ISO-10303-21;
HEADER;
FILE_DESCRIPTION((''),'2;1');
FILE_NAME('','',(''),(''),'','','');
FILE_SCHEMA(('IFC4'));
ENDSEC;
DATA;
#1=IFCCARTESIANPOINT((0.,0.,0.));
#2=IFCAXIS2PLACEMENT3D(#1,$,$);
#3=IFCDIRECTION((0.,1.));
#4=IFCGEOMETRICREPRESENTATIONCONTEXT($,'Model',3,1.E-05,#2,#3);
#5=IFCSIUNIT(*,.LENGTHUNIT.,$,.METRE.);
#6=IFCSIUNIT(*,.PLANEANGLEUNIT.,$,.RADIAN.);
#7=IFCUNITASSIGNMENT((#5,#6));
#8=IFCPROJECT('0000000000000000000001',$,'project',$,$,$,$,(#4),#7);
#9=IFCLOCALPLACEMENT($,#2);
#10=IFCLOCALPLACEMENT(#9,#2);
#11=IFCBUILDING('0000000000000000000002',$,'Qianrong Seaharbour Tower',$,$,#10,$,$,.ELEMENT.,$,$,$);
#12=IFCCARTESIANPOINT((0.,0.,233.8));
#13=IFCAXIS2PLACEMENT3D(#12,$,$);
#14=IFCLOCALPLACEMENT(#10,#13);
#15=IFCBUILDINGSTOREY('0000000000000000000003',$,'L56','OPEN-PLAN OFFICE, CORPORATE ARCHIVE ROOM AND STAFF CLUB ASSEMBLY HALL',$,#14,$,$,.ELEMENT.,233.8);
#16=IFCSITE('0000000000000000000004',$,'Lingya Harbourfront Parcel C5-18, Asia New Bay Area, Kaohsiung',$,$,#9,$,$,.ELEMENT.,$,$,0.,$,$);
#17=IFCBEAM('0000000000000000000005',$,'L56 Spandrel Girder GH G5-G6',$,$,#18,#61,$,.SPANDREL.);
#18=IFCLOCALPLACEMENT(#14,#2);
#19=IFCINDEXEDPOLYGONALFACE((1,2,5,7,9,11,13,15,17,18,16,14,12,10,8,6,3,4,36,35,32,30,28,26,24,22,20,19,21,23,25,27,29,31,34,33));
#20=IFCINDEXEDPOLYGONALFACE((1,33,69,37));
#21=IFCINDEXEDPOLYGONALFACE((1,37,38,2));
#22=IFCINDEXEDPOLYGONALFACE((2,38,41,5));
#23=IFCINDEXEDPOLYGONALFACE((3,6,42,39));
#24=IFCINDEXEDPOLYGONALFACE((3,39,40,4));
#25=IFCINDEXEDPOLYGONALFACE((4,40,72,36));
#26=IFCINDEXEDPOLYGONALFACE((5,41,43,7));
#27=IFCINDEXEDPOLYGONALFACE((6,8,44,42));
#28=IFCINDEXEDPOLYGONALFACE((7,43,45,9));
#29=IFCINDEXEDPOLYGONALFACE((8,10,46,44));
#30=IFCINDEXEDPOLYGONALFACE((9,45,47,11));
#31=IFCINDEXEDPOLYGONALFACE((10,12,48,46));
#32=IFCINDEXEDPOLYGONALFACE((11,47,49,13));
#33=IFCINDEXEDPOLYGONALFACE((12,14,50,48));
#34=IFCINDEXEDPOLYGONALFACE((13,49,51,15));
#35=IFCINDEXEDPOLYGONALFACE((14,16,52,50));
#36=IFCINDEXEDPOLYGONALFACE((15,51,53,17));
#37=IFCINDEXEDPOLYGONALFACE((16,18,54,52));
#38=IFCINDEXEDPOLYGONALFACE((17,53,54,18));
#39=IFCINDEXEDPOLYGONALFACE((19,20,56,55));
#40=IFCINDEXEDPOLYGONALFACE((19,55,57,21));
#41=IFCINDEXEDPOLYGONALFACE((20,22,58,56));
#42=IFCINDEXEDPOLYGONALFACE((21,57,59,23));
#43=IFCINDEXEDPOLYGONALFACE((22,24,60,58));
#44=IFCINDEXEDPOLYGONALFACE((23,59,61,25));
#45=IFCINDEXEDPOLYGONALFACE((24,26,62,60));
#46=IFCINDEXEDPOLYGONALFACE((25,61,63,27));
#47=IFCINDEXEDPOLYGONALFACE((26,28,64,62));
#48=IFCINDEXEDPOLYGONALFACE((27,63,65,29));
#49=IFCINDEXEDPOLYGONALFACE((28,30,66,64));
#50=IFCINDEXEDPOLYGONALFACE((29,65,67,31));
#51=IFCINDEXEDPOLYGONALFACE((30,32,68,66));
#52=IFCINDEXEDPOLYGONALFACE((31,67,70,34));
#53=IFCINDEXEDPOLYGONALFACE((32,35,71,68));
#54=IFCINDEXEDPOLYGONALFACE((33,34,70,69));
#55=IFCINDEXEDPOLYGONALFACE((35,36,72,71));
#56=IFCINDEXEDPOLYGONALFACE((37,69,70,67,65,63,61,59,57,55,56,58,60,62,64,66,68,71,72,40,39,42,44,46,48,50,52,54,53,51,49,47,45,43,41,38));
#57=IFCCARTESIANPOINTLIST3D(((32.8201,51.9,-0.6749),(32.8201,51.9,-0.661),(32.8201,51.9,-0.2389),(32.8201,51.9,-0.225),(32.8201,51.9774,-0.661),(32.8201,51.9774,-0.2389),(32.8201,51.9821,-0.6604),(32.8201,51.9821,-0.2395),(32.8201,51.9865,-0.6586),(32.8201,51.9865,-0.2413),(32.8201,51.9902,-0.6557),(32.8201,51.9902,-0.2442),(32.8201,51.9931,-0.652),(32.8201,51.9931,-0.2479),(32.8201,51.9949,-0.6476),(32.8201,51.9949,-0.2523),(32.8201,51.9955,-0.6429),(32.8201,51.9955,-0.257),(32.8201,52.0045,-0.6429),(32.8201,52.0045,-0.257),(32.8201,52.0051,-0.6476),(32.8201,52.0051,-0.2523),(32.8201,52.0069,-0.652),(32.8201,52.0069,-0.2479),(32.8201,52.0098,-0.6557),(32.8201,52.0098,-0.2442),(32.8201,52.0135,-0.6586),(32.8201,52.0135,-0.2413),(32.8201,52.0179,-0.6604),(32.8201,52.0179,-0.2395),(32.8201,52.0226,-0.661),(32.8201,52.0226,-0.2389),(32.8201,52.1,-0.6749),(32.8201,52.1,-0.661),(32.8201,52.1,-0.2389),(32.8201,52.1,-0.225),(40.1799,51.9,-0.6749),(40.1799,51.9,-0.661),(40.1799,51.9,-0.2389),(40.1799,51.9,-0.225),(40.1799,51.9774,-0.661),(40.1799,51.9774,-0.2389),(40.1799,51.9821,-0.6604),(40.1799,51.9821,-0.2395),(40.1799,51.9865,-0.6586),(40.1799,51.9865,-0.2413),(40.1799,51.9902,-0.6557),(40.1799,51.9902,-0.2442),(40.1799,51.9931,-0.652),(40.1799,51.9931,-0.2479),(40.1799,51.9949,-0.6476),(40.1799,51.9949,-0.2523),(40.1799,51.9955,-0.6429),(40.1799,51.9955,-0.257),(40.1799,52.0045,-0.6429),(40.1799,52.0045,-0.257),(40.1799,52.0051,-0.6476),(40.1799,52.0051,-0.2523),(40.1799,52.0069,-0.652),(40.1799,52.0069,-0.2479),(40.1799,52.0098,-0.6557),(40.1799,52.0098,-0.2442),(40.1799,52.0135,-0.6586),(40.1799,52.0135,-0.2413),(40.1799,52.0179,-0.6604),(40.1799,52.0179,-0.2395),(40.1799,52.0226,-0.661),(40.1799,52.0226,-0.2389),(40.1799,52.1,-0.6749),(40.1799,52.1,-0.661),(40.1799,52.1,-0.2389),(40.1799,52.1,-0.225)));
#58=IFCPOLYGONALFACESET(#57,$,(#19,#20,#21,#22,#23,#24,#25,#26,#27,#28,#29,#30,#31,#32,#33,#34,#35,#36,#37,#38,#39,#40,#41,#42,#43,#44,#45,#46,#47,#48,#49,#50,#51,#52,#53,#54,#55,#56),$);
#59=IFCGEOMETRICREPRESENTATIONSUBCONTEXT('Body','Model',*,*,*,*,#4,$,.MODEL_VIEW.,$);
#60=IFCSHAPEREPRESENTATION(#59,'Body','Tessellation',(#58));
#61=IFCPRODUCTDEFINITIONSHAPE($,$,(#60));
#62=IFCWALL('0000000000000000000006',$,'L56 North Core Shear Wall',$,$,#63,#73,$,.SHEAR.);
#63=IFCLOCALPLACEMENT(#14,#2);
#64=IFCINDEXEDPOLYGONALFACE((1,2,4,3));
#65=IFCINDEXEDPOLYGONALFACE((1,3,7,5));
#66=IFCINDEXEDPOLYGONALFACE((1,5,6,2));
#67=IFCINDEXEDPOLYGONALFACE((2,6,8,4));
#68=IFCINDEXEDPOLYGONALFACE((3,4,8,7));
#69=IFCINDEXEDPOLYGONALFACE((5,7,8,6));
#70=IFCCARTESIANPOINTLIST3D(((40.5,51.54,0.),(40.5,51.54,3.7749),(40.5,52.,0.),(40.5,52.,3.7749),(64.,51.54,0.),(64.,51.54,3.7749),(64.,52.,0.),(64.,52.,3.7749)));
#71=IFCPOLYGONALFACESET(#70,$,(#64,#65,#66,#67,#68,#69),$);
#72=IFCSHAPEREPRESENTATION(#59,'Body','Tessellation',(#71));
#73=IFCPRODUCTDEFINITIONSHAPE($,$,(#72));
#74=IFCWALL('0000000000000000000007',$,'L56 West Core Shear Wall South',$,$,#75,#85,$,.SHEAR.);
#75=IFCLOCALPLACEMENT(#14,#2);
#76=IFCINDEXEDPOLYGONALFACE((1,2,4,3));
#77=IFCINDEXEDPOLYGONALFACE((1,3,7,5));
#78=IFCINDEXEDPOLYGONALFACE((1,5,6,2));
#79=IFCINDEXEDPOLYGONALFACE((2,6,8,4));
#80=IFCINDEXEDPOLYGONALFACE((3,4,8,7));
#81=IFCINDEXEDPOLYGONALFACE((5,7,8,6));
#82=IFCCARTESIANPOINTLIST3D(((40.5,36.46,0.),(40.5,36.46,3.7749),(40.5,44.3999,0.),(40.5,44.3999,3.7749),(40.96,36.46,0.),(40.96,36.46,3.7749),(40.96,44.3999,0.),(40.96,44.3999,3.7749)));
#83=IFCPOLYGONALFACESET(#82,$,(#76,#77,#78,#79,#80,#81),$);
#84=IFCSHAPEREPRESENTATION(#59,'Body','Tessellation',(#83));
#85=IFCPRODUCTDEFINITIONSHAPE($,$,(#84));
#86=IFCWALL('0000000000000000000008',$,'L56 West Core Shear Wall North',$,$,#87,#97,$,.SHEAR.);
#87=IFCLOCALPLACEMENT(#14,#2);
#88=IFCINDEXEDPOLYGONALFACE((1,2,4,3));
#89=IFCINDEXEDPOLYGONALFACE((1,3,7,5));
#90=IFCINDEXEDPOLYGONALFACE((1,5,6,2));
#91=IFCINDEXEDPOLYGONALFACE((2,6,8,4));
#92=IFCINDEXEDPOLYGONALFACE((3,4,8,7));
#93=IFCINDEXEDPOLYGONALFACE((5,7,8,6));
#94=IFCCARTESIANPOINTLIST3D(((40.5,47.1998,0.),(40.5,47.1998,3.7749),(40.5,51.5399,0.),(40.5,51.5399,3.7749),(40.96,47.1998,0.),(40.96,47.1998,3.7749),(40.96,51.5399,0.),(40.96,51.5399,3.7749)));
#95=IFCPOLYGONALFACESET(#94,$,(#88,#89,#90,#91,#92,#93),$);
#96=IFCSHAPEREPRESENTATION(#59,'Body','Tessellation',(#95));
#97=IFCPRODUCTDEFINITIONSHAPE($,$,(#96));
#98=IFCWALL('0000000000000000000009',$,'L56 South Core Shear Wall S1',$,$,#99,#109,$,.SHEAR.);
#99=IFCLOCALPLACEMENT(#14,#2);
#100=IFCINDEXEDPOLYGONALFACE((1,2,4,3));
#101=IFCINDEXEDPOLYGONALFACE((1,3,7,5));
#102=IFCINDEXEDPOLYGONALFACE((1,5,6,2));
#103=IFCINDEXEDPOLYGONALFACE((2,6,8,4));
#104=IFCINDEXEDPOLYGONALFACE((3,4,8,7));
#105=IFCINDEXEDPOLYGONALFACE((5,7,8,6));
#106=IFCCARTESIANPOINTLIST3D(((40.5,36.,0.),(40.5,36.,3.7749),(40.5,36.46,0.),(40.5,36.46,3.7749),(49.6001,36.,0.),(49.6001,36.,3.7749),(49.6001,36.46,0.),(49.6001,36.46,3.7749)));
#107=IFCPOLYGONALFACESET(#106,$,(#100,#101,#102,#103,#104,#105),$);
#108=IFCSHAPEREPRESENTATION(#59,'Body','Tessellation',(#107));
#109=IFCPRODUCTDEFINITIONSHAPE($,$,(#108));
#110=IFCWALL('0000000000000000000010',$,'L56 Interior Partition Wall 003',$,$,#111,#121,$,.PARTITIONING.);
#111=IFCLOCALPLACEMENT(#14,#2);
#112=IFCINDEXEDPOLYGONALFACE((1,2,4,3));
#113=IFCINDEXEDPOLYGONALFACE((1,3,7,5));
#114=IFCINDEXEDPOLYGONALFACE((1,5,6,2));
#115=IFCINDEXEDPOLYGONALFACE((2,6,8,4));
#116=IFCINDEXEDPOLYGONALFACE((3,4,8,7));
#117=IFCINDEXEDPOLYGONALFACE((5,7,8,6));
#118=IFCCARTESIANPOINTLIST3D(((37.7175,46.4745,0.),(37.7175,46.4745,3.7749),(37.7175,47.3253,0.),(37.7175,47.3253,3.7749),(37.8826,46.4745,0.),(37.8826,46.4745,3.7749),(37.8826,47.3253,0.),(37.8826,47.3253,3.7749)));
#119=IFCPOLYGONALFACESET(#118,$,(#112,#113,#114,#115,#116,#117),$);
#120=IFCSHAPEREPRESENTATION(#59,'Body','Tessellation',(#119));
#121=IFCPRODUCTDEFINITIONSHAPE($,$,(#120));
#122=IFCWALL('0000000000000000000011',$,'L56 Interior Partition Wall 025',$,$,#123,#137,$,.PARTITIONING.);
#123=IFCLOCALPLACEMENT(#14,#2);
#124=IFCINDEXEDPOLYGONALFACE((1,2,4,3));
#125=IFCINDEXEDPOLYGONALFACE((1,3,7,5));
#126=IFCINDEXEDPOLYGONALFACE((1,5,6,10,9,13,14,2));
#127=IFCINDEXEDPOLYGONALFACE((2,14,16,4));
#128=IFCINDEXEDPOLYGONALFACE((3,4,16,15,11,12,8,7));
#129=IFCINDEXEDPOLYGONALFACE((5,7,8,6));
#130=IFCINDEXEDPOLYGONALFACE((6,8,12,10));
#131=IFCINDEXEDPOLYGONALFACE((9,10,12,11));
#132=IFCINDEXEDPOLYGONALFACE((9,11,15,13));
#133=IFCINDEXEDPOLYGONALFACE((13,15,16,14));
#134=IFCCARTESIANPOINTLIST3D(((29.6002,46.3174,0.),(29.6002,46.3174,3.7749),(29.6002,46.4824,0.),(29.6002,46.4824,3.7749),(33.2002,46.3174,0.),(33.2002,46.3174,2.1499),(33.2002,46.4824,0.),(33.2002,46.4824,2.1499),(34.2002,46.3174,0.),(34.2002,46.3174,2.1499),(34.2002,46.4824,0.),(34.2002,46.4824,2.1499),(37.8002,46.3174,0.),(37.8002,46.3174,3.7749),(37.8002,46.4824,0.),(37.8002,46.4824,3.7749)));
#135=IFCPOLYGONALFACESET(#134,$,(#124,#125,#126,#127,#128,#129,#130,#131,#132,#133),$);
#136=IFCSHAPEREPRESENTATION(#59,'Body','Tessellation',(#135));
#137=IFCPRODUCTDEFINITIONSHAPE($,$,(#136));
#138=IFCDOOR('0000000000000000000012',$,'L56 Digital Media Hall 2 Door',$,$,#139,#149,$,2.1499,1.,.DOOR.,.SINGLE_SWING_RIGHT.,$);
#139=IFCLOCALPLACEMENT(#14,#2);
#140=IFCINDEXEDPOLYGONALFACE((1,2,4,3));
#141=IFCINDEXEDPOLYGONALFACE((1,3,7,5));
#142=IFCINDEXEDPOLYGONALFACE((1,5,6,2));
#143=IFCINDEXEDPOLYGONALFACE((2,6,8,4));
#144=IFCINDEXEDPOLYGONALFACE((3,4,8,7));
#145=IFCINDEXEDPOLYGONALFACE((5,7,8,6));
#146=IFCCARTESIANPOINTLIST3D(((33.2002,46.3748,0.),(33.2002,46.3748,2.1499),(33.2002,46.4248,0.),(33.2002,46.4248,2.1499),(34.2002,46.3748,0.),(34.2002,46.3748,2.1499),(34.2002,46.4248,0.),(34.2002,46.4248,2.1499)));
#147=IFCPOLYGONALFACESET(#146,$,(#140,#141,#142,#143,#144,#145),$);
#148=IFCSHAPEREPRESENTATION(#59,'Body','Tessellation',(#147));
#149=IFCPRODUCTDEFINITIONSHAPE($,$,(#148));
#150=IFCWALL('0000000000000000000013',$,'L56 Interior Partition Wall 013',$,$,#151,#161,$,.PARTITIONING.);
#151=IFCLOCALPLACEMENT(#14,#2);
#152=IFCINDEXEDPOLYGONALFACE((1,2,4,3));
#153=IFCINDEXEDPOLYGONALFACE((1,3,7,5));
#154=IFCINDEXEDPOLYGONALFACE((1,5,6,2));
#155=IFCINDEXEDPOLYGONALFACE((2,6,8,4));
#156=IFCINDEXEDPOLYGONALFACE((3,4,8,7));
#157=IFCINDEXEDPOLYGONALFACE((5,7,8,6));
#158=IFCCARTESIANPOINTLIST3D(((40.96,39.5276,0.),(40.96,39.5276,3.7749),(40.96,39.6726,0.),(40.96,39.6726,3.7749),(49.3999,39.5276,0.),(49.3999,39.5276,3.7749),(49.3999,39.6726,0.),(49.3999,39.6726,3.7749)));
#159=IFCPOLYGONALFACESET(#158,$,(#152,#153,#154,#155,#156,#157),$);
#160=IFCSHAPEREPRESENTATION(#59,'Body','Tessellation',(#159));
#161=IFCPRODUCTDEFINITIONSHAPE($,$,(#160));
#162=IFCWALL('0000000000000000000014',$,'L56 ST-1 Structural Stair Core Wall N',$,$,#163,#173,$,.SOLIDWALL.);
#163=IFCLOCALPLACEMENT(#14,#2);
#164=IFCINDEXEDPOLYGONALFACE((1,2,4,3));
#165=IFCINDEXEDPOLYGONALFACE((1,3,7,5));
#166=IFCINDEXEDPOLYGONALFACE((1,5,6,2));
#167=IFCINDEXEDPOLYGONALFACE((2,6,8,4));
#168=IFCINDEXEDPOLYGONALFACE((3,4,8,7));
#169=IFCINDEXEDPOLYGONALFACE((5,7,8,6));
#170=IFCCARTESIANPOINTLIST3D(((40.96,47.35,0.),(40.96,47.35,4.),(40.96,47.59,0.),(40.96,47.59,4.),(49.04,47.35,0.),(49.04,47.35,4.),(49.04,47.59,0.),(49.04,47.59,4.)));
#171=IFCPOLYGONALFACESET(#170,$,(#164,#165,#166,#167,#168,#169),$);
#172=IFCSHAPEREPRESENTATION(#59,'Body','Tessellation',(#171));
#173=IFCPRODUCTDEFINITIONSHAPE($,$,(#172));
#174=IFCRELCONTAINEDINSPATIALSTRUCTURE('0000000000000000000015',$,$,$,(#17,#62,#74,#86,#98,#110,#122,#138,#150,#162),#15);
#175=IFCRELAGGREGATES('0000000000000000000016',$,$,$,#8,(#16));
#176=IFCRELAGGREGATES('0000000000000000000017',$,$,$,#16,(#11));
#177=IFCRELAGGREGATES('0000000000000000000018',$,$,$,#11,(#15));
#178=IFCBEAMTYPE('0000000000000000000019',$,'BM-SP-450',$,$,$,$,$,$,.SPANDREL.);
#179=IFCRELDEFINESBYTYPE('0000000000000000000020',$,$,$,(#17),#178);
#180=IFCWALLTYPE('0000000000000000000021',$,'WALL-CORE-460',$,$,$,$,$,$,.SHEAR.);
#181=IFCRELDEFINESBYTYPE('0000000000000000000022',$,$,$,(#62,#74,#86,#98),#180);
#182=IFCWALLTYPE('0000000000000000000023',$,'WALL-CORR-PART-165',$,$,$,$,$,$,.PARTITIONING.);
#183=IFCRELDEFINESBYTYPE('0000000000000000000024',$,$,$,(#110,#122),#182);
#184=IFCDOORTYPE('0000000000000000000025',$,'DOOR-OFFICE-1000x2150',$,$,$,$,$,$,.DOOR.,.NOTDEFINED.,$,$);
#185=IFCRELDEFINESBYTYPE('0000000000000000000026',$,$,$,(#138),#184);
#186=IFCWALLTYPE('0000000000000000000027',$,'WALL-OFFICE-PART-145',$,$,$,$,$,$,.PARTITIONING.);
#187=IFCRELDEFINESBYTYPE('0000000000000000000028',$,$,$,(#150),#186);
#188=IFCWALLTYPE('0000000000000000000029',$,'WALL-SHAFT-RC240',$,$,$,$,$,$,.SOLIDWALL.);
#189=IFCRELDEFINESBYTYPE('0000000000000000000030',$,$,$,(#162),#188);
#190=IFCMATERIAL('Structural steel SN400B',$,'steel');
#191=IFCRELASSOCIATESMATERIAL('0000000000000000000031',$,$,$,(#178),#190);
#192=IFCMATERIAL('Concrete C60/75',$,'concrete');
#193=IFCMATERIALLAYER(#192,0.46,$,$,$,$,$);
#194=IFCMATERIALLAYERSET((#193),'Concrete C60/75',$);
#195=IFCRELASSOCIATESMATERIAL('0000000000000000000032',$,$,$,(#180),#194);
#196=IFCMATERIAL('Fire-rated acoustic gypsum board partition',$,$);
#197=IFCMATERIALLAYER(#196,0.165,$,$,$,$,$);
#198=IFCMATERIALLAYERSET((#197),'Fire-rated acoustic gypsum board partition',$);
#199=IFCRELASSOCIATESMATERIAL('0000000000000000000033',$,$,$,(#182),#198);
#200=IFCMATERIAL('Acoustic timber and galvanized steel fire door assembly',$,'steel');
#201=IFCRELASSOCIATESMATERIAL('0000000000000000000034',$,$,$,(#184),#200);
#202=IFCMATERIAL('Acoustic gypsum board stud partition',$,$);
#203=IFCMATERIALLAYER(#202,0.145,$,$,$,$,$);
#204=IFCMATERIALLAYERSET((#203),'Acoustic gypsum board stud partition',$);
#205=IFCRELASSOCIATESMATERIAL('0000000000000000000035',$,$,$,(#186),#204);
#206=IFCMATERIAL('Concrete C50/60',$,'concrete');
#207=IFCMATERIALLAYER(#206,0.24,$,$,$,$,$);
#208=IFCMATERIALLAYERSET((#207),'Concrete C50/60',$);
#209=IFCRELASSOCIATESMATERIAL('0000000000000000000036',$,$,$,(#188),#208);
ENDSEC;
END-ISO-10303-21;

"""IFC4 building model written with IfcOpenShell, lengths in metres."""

from ifc_helpers import new_model, si_unit, direction, frame, frame_2d, origin, origin_2d, place, context, subcontext, project, spatial, rectangle, i_section, extrude, material, layer, layer_set, material_profile, profile_set, type_object, element, fill, save


model = new_model("IFC4")

# Units and contexts
model_context = context("Model", 3, precision=1e-05, world=origin(), true_north=direction((0.0, 1.0)))
body_context = subcontext(model_context, "Body", "Model", "MODEL_VIEW")
ifc_project = project(units=[si_unit("LENGTHUNIT", "METRE"), si_unit("PLANEANGLEUNIT", "RADIAN")], contexts=[model_context])

# Site, building, storey
site_placement = place(None, origin())
site = spatial("IfcSite", under=ifc_project, at=site_placement, Name="Lingya Harbourfront Parcel C5-18, Asia New Bay Area, Kaohsiung", CompositionType="ELEMENT", RefElevation=0.0)
building_placement = place(site_placement, origin())
building = spatial("IfcBuilding", under=site, at=building_placement, Name="Qianrong Seaharbour Tower", CompositionType="ELEMENT")
storey_placement = place(building_placement, frame((0.0, 0.0, 233.8)))
storey = spatial("IfcBuildingStorey", under=building, at=storey_placement, Name="L56", Description="OPEN-PLAN OFFICE, CORPORATE ARCHIVE ROOM AND STAFF CLUB ASSEMBLY HALL", CompositionType="ELEMENT", Elevation=233.8)

# Beam
ifc_material_1 = material(Name="Concrete C60/75", Category="concrete")
ifc_material_2 = material(Name="Structural steel SN400B", Category="steel")
ifc_material_profile_1 = material_profile(ifc_material_2, i_section(OverallWidth=0.2, OverallDepth=0.45, WebThickness=0.009, FlangeThickness=0.0139, FilletRadius=0.0181, at=origin_2d()), Name="H450x200x9x14")
ifc_profile_set_1 = profile_set([ifc_material_profile_1], Name="Structural steel SN400B")
beam_type_1 = type_object("IfcBeamType", Name="BM-SP-450", PredefinedType="SPANDREL", material=ifc_profile_set_1)
beam_1_placement = place(storey_placement, frame((32.8201, 52.0, -0.45), z_axis=(1.0, 0.0, 0.0), x_axis=(0.0, 1.0, 0.0)))
element("IfcBeam", 1, at=beam_1_placement, inside=storey, type_object=beam_type_1, Name="L56 Spandrel Girder GH G5-G6", PredefinedType="SPANDREL", context=body_context, shape_type="SweptSolid", body=[
    extrude(i_section(OverallWidth=0.2, OverallDepth=0.45, WebThickness=0.009, FlangeThickness=0.0139, FilletRadius=0.0181, at=origin_2d()), origin(), (0.0, 0.0, 1.0), 7.3599),
])

# Walls
ifc_layer_1 = layer(ifc_material_1, 0.46)
ifc_layer_set_1 = layer_set([ifc_layer_1], Name="Concrete C60/75")
wall_type_1 = type_object("IfcWallType", Name="WALL-CORE-460", PredefinedType="SHEAR", material=ifc_layer_set_1)
wall_1_placement = place(storey_placement, frame((40.5, 51.77, 0.0), z_axis=(0.0, 0.0, 1.0), x_axis=(1.0, 0.0, 0.0)))
element("IfcWall", 2, at=wall_1_placement, inside=storey, type_object=wall_type_1, Name="L56 North Core Shear Wall", PredefinedType="SHEAR", context=body_context, shape_type="SweptSolid", body=[
    extrude(rectangle(XDim=23.5, YDim=0.46, at=frame_2d((11.75, 0.0))), origin(), (0.0, 0.0, 1.0), 3.7749),
])
wall_2_placement = place(storey_placement, frame((40.73, 36.46, 0.0), z_axis=(0.0, 0.0, 1.0), x_axis=(0.0, 1.0, 0.0)))
element("IfcWall", 3, at=wall_2_placement, inside=storey, type_object=wall_type_1, Name="L56 West Core Shear Wall South", PredefinedType="SHEAR", context=body_context, shape_type="SweptSolid", body=[
    extrude(rectangle(XDim=7.9399, YDim=0.46, at=frame_2d((3.97, 0.0))), origin(), (0.0, 0.0, 1.0), 3.7749),
])
wall_3_placement = place(storey_placement, frame((40.73, 47.2, 0.0), z_axis=(0.0, 0.0, 1.0), x_axis=(0.0, 1.0, 0.0)))
element("IfcWall", 4, at=wall_3_placement, inside=storey, type_object=wall_type_1, Name="L56 West Core Shear Wall North", PredefinedType="SHEAR", context=body_context, shape_type="SweptSolid", body=[
    extrude(rectangle(XDim=4.3401, YDim=0.46, at=frame_2d((2.1699, 0.0))), origin(), (0.0, 0.0, 1.0), 3.7749),
])
wall_4_placement = place(storey_placement, frame((40.5, 36.23, 0.0), z_axis=(0.0, 0.0, 1.0), x_axis=(1.0, 0.0, 0.0)))
element("IfcWall", 5, at=wall_4_placement, inside=storey, type_object=wall_type_1, Name="L56 South Core Shear Wall S1", PredefinedType="SHEAR", context=body_context, shape_type="SweptSolid", body=[
    extrude(rectangle(XDim=9.1001, YDim=0.46, at=frame_2d((4.55, 0.0))), origin(), (0.0, 0.0, 1.0), 3.7749),
])

# Shared definitions
ifc_material_3 = material(Name="Fire-rated acoustic gypsum board partition")
ifc_layer_2 = layer(ifc_material_3, 0.165)
ifc_layer_set_2 = layer_set([ifc_layer_2], Name="Fire-rated acoustic gypsum board partition")
wall_type_2 = type_object("IfcWallType", Name="WALL-CORR-PART-165", PredefinedType="PARTITIONING", material=ifc_layer_set_2)
ifc_material_4 = material(Name="Acoustic timber and galvanized steel fire door assembly", Category="steel")

# Wall
wall_5_placement = place(storey_placement, frame((37.8, 46.4746, 0.0), z_axis=(0.0, 0.0, 1.0), x_axis=(0.0, 1.0, 0.0)))
element("IfcWall", 6, at=wall_5_placement, inside=storey, type_object=wall_type_2, Name="L56 Interior Partition Wall 003", PredefinedType="PARTITIONING", context=body_context, shape_type="SweptSolid", body=[
    extrude(rectangle(XDim=0.8508, YDim=0.165, at=frame_2d((0.4253, 0.0))), origin(), (0.0, 0.0, 1.0), 3.7749),
])

# Wall, opening, door
wall_6_placement = place(storey_placement, frame((29.6001, 46.3999, 0.0), z_axis=(0.0, 0.0, 1.0), x_axis=(1.0, 0.0, 0.0)))
wall_6 = element("IfcWall", 7, at=wall_6_placement, inside=storey, type_object=wall_type_2, Name="L56 Interior Partition Wall 025", PredefinedType="PARTITIONING", context=body_context, shape_type="SweptSolid", body=[
    extrude(rectangle(XDim=8.2, YDim=0.165, at=frame_2d((4.1001, 0.0))), origin(), (0.0, 0.0, 1.0), 3.7749),
])
opening_1_placement = place(wall_6_placement, frame((3.6001, 0.0, 0.0)))
opening_1 = element("IfcOpeningElement", 8, at=opening_1_placement, cuts=wall_6, PredefinedType="OPENING", context=body_context, shape_type="SweptSolid", body=[
    extrude(rectangle(XDim=1.0, YDim=2.1499, at=frame_2d((0.5, 1.075))), frame((0.0, 0.0925, 0.0), z_axis=(0.0, -1.0, 0.0), x_axis=(1.0, 0.0, 0.0)), (0.0, 0.0, 1.0), 0.1851),
])
door_type_1 = type_object("IfcDoorType", Name="DOOR-OFFICE-1000x2150", OperationType="NOTDEFINED", PredefinedType="DOOR", material=ifc_material_4)
door_1_placement = place(opening_1_placement, origin())
door_1 = element("IfcDoor", 9, at=door_1_placement, inside=storey, type_object=door_type_1, Name="L56 Digital Media Hall 2 Door", OperationType="SINGLE_SWING_RIGHT", OverallHeight=2.1499, OverallWidth=1.0, PredefinedType="DOOR", context=body_context, shape_type="SweptSolid", body=[
    extrude(rectangle(XDim=1.0, YDim=2.1499, at=frame_2d((0.5, 1.075))), frame((0.0, 0.0249, 0.0), z_axis=(0.0, -1.0, 0.0), x_axis=(1.0, 0.0, 0.0)), (0.0, 0.0, 1.0), 0.05),
])
fill(opening_1, door_1)

# Walls
ifc_material_5 = material(Name="Acoustic gypsum board stud partition")
ifc_layer_3 = layer(ifc_material_5, 0.145)
ifc_layer_set_3 = layer_set([ifc_layer_3], Name="Acoustic gypsum board stud partition")
wall_type_3 = type_object("IfcWallType", Name="WALL-OFFICE-PART-145", PredefinedType="PARTITIONING", material=ifc_layer_set_3)
wall_7_placement = place(storey_placement, frame((40.96, 39.6001, 0.0), z_axis=(0.0, 0.0, 1.0), x_axis=(1.0, 0.0, 0.0)))
element("IfcWall", 10, at=wall_7_placement, inside=storey, type_object=wall_type_3, Name="L56 Interior Partition Wall 013", PredefinedType="PARTITIONING", context=body_context, shape_type="SweptSolid", body=[
    extrude(rectangle(XDim=8.4399, YDim=0.145, at=frame_2d((4.22, 0.0))), origin(), (0.0, 0.0, 1.0), 3.7749),
])
ifc_material_6 = material(Name="Concrete C50/60", Category="concrete")
ifc_layer_4 = layer(ifc_material_6, 0.24)
ifc_layer_set_4 = layer_set([ifc_layer_4], Name="Concrete C50/60")
wall_type_4 = type_object("IfcWallType", Name="WALL-SHAFT-RC240", PredefinedType="SOLIDWALL", material=ifc_layer_set_4)
wall_8_placement = place(storey_placement, frame((40.96, 47.47, 0.0), z_axis=(0.0, 0.0, 1.0), x_axis=(1.0, 0.0, 0.0)))
element("IfcWall", 11, at=wall_8_placement, inside=storey, type_object=wall_type_4, Name="L56 ST-1 Structural Stair Core Wall N", PredefinedType="SOLIDWALL", context=body_context, shape_type="SweptSolid", body=[
    extrude(rectangle(XDim=8.0801, YDim=0.24, at=frame_2d((4.04, 0.0))), origin(), (0.0, 0.0, 1.0), 4.0),
])

save(model, "model.ifc")
